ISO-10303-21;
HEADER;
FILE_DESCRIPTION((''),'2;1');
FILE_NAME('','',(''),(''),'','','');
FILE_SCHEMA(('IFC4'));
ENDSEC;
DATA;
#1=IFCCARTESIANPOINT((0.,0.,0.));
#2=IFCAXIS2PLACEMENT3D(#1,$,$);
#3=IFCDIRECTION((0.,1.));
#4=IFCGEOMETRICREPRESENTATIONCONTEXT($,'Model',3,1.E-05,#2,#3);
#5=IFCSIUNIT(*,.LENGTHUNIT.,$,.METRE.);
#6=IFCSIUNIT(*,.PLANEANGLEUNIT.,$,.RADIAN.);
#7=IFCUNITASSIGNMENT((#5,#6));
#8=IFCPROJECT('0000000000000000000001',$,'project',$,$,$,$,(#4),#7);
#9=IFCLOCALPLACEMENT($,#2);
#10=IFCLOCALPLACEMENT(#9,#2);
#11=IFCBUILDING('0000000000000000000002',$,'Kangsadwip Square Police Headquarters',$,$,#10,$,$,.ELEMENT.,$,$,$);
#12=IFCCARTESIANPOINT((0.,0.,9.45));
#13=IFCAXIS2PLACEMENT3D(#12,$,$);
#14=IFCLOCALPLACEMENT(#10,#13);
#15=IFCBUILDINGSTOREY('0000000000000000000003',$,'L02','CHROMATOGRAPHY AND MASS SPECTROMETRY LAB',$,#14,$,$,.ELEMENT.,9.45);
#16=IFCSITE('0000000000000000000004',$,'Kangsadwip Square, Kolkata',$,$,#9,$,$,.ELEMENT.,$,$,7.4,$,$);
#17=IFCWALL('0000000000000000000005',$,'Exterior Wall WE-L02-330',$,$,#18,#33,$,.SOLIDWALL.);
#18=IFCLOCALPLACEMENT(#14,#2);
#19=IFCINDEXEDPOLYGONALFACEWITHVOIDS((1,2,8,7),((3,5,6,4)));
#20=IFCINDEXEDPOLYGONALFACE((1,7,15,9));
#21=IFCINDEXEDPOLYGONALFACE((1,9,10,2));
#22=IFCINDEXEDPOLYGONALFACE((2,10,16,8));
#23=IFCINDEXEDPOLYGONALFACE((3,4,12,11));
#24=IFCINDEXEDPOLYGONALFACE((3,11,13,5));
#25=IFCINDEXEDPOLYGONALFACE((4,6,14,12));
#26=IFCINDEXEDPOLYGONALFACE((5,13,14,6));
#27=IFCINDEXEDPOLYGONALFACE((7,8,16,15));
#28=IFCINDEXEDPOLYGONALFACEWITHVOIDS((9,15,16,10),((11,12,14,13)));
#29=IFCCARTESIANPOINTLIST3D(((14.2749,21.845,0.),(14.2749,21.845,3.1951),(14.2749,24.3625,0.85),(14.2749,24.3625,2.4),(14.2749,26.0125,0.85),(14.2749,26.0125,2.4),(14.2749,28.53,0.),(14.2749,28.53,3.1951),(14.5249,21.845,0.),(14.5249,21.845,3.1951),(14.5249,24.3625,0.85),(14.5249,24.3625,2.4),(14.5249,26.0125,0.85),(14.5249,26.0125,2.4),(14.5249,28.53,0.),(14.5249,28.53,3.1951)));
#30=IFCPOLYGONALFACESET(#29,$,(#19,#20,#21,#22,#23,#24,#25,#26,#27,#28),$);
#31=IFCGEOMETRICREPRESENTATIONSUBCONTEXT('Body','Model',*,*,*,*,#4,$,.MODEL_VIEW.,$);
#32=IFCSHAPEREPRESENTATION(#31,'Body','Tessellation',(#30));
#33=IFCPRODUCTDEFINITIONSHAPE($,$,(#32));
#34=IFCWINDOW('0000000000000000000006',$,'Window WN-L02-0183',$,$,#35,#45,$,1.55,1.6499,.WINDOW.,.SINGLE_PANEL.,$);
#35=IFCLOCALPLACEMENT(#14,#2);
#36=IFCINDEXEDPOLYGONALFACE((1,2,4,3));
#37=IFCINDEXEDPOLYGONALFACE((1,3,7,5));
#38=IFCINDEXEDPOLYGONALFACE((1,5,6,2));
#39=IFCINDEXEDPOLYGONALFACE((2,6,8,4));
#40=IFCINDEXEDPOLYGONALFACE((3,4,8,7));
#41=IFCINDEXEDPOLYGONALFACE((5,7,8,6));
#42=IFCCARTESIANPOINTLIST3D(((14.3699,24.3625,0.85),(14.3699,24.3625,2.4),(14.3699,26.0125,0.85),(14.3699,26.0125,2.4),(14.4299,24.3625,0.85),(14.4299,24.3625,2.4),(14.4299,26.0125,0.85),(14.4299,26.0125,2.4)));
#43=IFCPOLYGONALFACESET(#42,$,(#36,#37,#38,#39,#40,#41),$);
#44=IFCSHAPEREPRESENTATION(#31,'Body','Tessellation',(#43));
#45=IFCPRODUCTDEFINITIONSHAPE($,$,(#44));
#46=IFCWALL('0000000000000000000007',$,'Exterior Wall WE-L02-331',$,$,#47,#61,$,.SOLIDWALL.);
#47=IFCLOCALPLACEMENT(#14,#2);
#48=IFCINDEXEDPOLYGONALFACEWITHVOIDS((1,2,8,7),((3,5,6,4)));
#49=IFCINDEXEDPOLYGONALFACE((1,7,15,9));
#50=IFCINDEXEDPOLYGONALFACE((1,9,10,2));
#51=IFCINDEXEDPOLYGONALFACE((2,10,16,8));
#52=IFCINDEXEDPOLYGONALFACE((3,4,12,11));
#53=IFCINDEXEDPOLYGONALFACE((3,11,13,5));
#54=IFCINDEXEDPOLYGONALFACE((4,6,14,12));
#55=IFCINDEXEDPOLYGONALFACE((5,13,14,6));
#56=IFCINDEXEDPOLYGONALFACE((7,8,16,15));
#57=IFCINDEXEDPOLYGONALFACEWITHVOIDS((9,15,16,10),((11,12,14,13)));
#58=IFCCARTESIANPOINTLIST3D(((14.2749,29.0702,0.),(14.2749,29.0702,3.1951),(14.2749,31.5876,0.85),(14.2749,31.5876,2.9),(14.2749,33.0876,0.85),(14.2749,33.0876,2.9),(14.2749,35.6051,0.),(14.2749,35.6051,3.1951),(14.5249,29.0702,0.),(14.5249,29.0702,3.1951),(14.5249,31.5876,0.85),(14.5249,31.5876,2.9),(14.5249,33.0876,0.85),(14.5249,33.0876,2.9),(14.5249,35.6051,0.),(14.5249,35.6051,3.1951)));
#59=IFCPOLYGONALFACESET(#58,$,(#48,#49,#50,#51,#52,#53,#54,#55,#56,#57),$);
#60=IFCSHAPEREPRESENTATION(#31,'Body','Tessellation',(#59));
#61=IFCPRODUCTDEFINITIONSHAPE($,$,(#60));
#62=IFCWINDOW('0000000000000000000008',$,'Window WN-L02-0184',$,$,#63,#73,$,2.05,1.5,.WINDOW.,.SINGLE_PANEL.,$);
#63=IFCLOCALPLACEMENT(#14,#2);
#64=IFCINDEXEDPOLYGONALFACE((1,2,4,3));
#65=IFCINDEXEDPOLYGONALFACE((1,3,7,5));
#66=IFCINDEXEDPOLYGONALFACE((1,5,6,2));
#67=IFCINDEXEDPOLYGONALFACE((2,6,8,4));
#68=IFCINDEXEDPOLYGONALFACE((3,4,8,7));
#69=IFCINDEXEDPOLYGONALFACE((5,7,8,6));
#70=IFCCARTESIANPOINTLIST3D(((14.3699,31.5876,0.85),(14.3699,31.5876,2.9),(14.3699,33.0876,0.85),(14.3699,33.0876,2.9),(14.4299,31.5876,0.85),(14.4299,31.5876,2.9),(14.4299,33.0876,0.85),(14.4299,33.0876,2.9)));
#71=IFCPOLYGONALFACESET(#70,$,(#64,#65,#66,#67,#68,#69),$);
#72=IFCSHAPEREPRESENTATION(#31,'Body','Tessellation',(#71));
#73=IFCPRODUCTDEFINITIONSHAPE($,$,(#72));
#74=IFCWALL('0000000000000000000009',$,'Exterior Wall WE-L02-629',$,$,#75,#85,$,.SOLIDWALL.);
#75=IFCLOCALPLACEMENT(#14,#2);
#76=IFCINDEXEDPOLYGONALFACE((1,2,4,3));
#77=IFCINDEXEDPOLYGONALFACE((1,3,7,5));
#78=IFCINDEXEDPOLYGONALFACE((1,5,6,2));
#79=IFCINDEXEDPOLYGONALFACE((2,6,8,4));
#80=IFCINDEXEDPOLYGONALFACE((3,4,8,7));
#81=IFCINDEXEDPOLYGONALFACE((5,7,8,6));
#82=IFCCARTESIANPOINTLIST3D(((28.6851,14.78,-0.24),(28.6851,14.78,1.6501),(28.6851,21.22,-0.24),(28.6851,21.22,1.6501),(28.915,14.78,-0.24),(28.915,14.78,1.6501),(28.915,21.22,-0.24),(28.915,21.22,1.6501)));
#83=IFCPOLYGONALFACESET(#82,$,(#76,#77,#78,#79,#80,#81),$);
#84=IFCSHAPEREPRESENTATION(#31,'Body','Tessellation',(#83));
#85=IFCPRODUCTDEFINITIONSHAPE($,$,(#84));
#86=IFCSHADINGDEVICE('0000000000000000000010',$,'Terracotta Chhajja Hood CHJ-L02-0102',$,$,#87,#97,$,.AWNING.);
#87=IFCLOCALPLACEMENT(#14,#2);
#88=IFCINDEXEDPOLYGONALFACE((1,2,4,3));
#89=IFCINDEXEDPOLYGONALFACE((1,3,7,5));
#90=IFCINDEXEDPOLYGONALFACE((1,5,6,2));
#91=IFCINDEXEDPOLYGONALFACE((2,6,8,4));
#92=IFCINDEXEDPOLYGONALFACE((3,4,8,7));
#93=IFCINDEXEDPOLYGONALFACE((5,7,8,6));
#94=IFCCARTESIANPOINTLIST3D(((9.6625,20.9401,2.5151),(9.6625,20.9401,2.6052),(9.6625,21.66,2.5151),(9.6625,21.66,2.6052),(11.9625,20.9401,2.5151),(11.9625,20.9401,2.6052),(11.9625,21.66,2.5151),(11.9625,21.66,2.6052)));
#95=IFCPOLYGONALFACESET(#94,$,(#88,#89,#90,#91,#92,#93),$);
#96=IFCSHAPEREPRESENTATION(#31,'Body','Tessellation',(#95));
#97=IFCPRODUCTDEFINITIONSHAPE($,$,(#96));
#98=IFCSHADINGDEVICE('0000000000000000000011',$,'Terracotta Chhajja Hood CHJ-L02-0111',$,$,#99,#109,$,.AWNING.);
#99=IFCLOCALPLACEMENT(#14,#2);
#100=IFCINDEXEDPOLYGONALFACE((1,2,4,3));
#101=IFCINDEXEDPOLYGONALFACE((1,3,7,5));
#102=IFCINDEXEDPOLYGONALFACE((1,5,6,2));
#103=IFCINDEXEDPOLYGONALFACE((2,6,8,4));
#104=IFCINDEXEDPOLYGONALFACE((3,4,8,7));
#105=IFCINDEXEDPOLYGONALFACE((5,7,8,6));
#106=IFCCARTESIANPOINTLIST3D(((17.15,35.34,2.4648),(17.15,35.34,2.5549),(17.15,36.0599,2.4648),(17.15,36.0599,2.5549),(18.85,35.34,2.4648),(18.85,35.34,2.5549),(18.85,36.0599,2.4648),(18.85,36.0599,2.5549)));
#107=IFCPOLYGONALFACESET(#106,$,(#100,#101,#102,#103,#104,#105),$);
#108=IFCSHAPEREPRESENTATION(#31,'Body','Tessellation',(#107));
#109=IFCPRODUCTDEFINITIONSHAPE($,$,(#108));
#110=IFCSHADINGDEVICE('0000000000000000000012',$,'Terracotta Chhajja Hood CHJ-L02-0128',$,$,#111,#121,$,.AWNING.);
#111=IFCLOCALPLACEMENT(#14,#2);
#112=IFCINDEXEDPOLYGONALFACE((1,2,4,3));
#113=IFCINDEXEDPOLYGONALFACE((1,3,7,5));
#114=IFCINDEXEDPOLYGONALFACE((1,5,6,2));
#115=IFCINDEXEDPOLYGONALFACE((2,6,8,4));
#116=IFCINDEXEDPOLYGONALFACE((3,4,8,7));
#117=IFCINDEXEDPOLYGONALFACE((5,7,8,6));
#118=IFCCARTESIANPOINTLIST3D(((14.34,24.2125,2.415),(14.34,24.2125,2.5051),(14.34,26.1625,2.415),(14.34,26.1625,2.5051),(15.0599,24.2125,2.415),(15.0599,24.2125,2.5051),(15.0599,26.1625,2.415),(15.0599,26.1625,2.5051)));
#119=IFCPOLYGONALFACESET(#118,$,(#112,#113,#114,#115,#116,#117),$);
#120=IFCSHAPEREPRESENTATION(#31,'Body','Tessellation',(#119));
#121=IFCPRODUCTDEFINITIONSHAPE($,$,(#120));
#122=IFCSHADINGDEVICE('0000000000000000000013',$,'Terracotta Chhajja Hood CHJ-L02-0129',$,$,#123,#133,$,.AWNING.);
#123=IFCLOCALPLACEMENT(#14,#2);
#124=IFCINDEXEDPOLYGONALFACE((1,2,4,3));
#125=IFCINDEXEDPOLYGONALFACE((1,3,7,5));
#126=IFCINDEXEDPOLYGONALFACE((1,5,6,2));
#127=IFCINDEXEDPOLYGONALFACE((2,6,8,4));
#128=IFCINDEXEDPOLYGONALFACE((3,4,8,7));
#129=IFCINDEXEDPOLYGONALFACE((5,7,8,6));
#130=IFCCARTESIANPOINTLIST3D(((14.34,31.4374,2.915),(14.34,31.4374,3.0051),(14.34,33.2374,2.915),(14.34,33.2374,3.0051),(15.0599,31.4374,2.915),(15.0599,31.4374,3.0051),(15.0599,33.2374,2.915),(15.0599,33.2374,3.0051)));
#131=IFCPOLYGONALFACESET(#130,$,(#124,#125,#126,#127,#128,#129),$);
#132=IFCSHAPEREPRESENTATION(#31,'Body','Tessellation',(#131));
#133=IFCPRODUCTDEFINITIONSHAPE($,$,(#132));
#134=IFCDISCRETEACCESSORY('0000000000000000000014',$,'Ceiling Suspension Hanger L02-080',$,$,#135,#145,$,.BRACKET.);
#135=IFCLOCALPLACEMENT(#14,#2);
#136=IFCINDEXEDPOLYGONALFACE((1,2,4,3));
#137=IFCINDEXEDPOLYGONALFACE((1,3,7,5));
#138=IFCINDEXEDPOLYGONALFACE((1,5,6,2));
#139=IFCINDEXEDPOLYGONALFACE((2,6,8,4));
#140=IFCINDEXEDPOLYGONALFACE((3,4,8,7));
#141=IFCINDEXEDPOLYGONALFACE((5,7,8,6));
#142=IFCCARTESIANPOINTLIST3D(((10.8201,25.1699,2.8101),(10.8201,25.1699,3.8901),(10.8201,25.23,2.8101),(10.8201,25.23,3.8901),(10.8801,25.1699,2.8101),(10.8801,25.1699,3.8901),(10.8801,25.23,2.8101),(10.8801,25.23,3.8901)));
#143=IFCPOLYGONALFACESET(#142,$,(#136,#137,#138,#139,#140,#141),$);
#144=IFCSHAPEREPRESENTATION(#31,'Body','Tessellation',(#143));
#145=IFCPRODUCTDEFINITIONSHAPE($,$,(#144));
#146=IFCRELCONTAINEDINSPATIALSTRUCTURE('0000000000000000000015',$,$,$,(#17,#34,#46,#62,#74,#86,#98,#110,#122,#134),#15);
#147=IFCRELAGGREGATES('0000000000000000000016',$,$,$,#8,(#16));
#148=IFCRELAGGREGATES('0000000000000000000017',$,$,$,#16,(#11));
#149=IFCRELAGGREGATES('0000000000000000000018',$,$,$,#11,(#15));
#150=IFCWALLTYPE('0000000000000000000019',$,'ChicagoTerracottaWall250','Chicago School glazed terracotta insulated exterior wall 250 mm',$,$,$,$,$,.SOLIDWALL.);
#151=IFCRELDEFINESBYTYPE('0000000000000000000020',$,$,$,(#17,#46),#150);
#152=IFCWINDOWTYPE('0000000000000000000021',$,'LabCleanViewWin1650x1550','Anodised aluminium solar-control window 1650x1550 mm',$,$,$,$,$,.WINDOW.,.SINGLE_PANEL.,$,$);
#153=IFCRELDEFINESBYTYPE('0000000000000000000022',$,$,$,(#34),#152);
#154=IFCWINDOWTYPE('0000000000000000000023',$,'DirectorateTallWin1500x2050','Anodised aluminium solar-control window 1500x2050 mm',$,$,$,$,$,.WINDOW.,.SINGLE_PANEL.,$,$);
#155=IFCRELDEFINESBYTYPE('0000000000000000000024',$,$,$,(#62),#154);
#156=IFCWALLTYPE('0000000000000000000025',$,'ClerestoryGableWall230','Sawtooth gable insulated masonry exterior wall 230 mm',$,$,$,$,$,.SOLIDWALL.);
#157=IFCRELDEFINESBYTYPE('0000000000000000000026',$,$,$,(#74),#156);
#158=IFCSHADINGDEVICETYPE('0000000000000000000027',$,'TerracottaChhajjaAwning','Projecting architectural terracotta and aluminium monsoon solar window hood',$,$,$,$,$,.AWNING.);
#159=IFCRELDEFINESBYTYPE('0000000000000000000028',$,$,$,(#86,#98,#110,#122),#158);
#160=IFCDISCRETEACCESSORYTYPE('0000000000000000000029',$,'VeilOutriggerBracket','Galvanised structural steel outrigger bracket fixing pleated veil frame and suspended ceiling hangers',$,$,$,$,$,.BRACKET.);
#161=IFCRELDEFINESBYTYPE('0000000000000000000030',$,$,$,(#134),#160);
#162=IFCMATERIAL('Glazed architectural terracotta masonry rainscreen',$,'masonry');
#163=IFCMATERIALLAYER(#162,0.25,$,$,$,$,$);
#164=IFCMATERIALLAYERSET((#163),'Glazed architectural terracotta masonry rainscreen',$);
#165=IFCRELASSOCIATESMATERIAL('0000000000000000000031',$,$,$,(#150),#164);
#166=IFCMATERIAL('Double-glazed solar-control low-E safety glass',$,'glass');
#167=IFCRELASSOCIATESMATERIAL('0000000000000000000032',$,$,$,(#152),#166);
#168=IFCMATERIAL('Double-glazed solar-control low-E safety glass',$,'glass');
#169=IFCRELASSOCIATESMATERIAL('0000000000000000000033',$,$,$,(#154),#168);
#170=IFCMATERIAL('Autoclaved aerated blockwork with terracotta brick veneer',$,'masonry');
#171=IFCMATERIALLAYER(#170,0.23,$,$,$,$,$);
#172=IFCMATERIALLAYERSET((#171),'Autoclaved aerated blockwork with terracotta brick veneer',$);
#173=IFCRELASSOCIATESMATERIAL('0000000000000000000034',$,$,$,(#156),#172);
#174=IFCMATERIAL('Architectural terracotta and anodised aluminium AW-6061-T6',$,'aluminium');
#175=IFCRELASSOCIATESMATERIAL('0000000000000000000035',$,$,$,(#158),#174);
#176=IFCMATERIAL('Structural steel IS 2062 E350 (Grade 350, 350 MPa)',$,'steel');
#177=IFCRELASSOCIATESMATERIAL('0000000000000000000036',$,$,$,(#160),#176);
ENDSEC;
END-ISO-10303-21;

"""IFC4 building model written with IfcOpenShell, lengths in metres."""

from ifc_helpers import new_model, si_unit, direction, frame, frame_2d, origin, origin_2d, place, context, subcontext, project, spatial, rectangle, extrude, material, layer, layer_set, type_object, element, fill, save


model = new_model("IFC4")

# Units and contexts
model_context = context("Model", 3, precision=1e-05, world=origin(), true_north=direction((0.0, 1.0)))
body_context = subcontext(model_context, "Body", "Model", "MODEL_VIEW")
ifc_project = project(units=[si_unit("LENGTHUNIT", "METRE"), si_unit("PLANEANGLEUNIT", "RADIAN")], contexts=[model_context])

# Site, building, storey
site_placement = place(None, origin())
site = spatial("IfcSite", under=ifc_project, at=site_placement, Name="Kangsadwip Square, Kolkata", CompositionType="ELEMENT", RefElevation=7.4)
building_placement = place(site_placement, origin())
building = spatial("IfcBuilding", under=site, at=building_placement, Name="Kangsadwip Square Police Headquarters", CompositionType="ELEMENT")
storey_placement = place(building_placement, frame((0.0, 0.0, 9.45)))
storey = spatial("IfcBuildingStorey", under=building, at=storey_placement, Name="L02", Description="CHROMATOGRAPHY AND MASS SPECTROMETRY LAB", CompositionType="ELEMENT", Elevation=9.45)

# Walls, openings, windows
ifc_material_1 = material(Name="Glazed architectural terracotta masonry rainscreen", Category="masonry")
ifc_layer_1 = layer(ifc_material_1, 0.25)
ifc_layer_set_1 = layer_set([ifc_layer_1], Name="Glazed architectural terracotta masonry rainscreen")
wall_type_1 = type_object("IfcWallType", Name="ChicagoTerracottaWall250", Description="Chicago School glazed terracotta insulated exterior wall 250 mm", PredefinedType="SOLIDWALL", material=ifc_layer_set_1)
wall_1_placement = place(storey_placement, frame((14.3999, 21.845, 0.0), z_axis=(0.0, 0.0, 1.0), x_axis=(0.0, 1.0, 0.0)))
wall_1 = element("IfcWall", 1, at=wall_1_placement, inside=storey, type_object=wall_type_1, Name="Exterior Wall WE-L02-330", PredefinedType="SOLIDWALL", context=body_context, shape_type="SweptSolid", body=[
    extrude(rectangle(XDim=6.6851, YDim=0.25, at=frame_2d((3.3425, 0.0))), origin(), (0.0, 0.0, 1.0), 3.1951),
])
opening_1_placement = place(wall_1_placement, frame((2.5176, 0.0, 0.8501)))
opening_1 = element("IfcOpeningElement", 2, at=opening_1_placement, cuts=wall_1, PredefinedType="OPENING", context=body_context, shape_type="SweptSolid", body=[
    extrude(rectangle(XDim=1.6499, YDim=1.55, at=frame_2d((0.825, 0.7749))), frame((0.0, 0.135, 0.0), z_axis=(0.0, -1.0, 0.0), x_axis=(1.0, 0.0, 0.0)), (0.0, 0.0, 1.0), 0.27),
])
ifc_material_2 = material(Name="Double-glazed solar-control low-E safety glass", Category="glass")
window_type_1 = type_object("IfcWindowType", Name="LabCleanViewWin1650x1550", Description="Anodised aluminium solar-control window 1650x1550 mm", PartitioningType="SINGLE_PANEL", PredefinedType="WINDOW", material=ifc_material_2)
window_1_placement = place(opening_1_placement, origin())
window_1 = element("IfcWindow", 3, at=window_1_placement, inside=storey, type_object=window_type_1, Name="Window WN-L02-0183", OverallHeight=1.55, OverallWidth=1.6499, PartitioningType="SINGLE_PANEL", PredefinedType="WINDOW", context=body_context, shape_type="SweptSolid", body=[
    extrude(rectangle(XDim=1.6499, YDim=1.55, at=frame_2d((0.825, 0.7749))), frame((0.0, 0.03, 0.0), z_axis=(0.0, -1.0, 0.0), x_axis=(1.0, 0.0, 0.0)), (0.0, 0.0, 1.0), 0.0601),
])
fill(opening_1, window_1)
wall_2_placement = place(storey_placement, frame((14.3999, 29.0701, 0.0), z_axis=(0.0, 0.0, 1.0), x_axis=(0.0, 1.0, 0.0)))
wall_2 = element("IfcWall", 4, at=wall_2_placement, inside=storey, type_object=wall_type_1, Name="Exterior Wall WE-L02-331", PredefinedType="SOLIDWALL", context=body_context, shape_type="SweptSolid", body=[
    extrude(rectangle(XDim=6.5349, YDim=0.25, at=frame_2d((3.2676, 0.0))), origin(), (0.0, 0.0, 1.0), 3.1951),
])
opening_2_placement = place(wall_2_placement, frame((2.5176, 0.0, 0.8501)))
opening_2 = element("IfcOpeningElement", 5, at=opening_2_placement, cuts=wall_2, PredefinedType="OPENING", context=body_context, shape_type="SweptSolid", body=[
    extrude(rectangle(XDim=1.5, YDim=2.05, at=frame_2d((0.75, 1.0249))), frame((0.0, 0.135, 0.0), z_axis=(0.0, -1.0, 0.0), x_axis=(1.0, 0.0, 0.0)), (0.0, 0.0, 1.0), 0.27),
])
ifc_material_3 = material(Name="Double-glazed solar-control low-E safety glass", Category="glass")
window_type_2 = type_object("IfcWindowType", Name="DirectorateTallWin1500x2050", Description="Anodised aluminium solar-control window 1500x2050 mm", PartitioningType="SINGLE_PANEL", PredefinedType="WINDOW", material=ifc_material_3)
window_2_placement = place(opening_2_placement, origin())
window_2 = element("IfcWindow", 6, at=window_2_placement, inside=storey, type_object=window_type_2, Name="Window WN-L02-0184", OverallHeight=2.05, OverallWidth=1.5, PartitioningType="SINGLE_PANEL", PredefinedType="WINDOW", context=body_context, shape_type="SweptSolid", body=[
    extrude(rectangle(XDim=1.5, YDim=2.05, at=frame_2d((0.75, 1.0249))), frame((0.0, 0.03, 0.0), z_axis=(0.0, -1.0, 0.0), x_axis=(1.0, 0.0, 0.0)), (0.0, 0.0, 1.0), 0.0601),
])
fill(opening_2, window_2)

# Wall
ifc_material_4 = material(Name="Autoclaved aerated blockwork with terracotta brick veneer", Category="masonry")
ifc_layer_2 = layer(ifc_material_4, 0.23)
ifc_layer_set_2 = layer_set([ifc_layer_2], Name="Autoclaved aerated blockwork with terracotta brick veneer")
wall_type_2 = type_object("IfcWallType", Name="ClerestoryGableWall230", Description="Sawtooth gable insulated masonry exterior wall 230 mm", PredefinedType="SOLIDWALL", material=ifc_layer_set_2)
wall_3_placement = place(storey_placement, frame((28.8, 14.78, -0.24), z_axis=(0.0, 0.0, 1.0), x_axis=(0.0, 1.0, 0.0)))
element("IfcWall", 7, at=wall_3_placement, inside=storey, type_object=wall_type_2, Name="Exterior Wall WE-L02-629", PredefinedType="SOLIDWALL", context=body_context, shape_type="SweptSolid", body=[
    extrude(rectangle(XDim=6.4399, YDim=0.23, at=frame_2d((3.22, 0.0))), origin(), (0.0, 0.0, 1.0), 1.8901),
])

# Shading devices
ifc_material_5 = material(Name="Architectural terracotta and anodised aluminium AW-6061-T6", Category="aluminium")
shading_device_type = type_object("IfcShadingDeviceType", Name="TerracottaChhajjaAwning", Description="Projecting architectural terracotta and aluminium monsoon solar window hood", PredefinedType="AWNING", material=ifc_material_5)
shading_device_1_placement = place(storey_placement, frame((10.8125, 21.3, 2.5151), z_axis=(0.0, 0.0, 1.0), x_axis=(1.0, 0.0, 0.0)))
element("IfcShadingDevice", 8, at=shading_device_1_placement, inside=storey, type_object=shading_device_type, Name="Terracotta Chhajja Hood CHJ-L02-0102", PredefinedType="AWNING", context=body_context, shape_type="SweptSolid", body=[
    extrude(rectangle(XDim=2.3, YDim=0.72, at=origin_2d()), origin(), (0.0, 0.0, 1.0), 0.0901),
])
shading_device_2_placement = place(storey_placement, frame((18.0, 35.7, 2.4648), z_axis=(0.0, 0.0, 1.0), x_axis=(1.0, 0.0, 0.0)))
element("IfcShadingDevice", 9, at=shading_device_2_placement, inside=storey, type_object=shading_device_type, Name="Terracotta Chhajja Hood CHJ-L02-0111", PredefinedType="AWNING", context=body_context, shape_type="SweptSolid", body=[
    extrude(rectangle(XDim=1.7, YDim=0.72, at=origin_2d()), origin(), (0.0, 0.0, 1.0), 0.0901),
])
shading_device_3_placement = place(storey_placement, frame((14.7, 25.1875, 2.415), z_axis=(0.0, 0.0, 1.0), x_axis=(0.0, 1.0, 0.0)))
element("IfcShadingDevice", 10, at=shading_device_3_placement, inside=storey, type_object=shading_device_type, Name="Terracotta Chhajja Hood CHJ-L02-0128", PredefinedType="AWNING", context=body_context, shape_type="SweptSolid", body=[
    extrude(rectangle(XDim=1.95, YDim=0.72, at=origin_2d()), origin(), (0.0, 0.0, 1.0), 0.0901),
])
shading_device_4_placement = place(storey_placement, frame((14.7, 32.3374, 2.915), z_axis=(0.0, 0.0, 1.0), x_axis=(0.0, 1.0, 0.0)))
element("IfcShadingDevice", 11, at=shading_device_4_placement, inside=storey, type_object=shading_device_type, Name="Terracotta Chhajja Hood CHJ-L02-0129", PredefinedType="AWNING", context=body_context, shape_type="SweptSolid", body=[
    extrude(rectangle(XDim=1.8, YDim=0.72, at=origin_2d()), origin(), (0.0, 0.0, 1.0), 0.0901),
])

# Discrete accessory
ifc_material_6 = material(Name="Structural steel IS 2062 E350 (Grade 350, 350 MPa)", Category="steel")
discrete_accessory_type = type_object("IfcDiscreteAccessoryType", Name="VeilOutriggerBracket", Description="Galvanised structural steel outrigger bracket fixing pleated veil frame and suspended ceiling hangers", PredefinedType="BRACKET", material=ifc_material_6)
discrete_accessory_placement = place(storey_placement, frame((10.8501, 25.2, 2.8101), z_axis=(0.0, 0.0, 1.0), x_axis=(1.0, 0.0, 0.0)))
element("IfcDiscreteAccessory", 12, at=discrete_accessory_placement, inside=storey, type_object=discrete_accessory_type, Name="Ceiling Suspension Hanger L02-080", PredefinedType="BRACKET", context=body_context, shape_type="SweptSolid", body=[
    extrude(rectangle(XDim=0.0601, YDim=0.0601, at=origin_2d()), origin(), (0.0, 0.0, 1.0), 1.0801),
])

save(model, "model.ifc")
